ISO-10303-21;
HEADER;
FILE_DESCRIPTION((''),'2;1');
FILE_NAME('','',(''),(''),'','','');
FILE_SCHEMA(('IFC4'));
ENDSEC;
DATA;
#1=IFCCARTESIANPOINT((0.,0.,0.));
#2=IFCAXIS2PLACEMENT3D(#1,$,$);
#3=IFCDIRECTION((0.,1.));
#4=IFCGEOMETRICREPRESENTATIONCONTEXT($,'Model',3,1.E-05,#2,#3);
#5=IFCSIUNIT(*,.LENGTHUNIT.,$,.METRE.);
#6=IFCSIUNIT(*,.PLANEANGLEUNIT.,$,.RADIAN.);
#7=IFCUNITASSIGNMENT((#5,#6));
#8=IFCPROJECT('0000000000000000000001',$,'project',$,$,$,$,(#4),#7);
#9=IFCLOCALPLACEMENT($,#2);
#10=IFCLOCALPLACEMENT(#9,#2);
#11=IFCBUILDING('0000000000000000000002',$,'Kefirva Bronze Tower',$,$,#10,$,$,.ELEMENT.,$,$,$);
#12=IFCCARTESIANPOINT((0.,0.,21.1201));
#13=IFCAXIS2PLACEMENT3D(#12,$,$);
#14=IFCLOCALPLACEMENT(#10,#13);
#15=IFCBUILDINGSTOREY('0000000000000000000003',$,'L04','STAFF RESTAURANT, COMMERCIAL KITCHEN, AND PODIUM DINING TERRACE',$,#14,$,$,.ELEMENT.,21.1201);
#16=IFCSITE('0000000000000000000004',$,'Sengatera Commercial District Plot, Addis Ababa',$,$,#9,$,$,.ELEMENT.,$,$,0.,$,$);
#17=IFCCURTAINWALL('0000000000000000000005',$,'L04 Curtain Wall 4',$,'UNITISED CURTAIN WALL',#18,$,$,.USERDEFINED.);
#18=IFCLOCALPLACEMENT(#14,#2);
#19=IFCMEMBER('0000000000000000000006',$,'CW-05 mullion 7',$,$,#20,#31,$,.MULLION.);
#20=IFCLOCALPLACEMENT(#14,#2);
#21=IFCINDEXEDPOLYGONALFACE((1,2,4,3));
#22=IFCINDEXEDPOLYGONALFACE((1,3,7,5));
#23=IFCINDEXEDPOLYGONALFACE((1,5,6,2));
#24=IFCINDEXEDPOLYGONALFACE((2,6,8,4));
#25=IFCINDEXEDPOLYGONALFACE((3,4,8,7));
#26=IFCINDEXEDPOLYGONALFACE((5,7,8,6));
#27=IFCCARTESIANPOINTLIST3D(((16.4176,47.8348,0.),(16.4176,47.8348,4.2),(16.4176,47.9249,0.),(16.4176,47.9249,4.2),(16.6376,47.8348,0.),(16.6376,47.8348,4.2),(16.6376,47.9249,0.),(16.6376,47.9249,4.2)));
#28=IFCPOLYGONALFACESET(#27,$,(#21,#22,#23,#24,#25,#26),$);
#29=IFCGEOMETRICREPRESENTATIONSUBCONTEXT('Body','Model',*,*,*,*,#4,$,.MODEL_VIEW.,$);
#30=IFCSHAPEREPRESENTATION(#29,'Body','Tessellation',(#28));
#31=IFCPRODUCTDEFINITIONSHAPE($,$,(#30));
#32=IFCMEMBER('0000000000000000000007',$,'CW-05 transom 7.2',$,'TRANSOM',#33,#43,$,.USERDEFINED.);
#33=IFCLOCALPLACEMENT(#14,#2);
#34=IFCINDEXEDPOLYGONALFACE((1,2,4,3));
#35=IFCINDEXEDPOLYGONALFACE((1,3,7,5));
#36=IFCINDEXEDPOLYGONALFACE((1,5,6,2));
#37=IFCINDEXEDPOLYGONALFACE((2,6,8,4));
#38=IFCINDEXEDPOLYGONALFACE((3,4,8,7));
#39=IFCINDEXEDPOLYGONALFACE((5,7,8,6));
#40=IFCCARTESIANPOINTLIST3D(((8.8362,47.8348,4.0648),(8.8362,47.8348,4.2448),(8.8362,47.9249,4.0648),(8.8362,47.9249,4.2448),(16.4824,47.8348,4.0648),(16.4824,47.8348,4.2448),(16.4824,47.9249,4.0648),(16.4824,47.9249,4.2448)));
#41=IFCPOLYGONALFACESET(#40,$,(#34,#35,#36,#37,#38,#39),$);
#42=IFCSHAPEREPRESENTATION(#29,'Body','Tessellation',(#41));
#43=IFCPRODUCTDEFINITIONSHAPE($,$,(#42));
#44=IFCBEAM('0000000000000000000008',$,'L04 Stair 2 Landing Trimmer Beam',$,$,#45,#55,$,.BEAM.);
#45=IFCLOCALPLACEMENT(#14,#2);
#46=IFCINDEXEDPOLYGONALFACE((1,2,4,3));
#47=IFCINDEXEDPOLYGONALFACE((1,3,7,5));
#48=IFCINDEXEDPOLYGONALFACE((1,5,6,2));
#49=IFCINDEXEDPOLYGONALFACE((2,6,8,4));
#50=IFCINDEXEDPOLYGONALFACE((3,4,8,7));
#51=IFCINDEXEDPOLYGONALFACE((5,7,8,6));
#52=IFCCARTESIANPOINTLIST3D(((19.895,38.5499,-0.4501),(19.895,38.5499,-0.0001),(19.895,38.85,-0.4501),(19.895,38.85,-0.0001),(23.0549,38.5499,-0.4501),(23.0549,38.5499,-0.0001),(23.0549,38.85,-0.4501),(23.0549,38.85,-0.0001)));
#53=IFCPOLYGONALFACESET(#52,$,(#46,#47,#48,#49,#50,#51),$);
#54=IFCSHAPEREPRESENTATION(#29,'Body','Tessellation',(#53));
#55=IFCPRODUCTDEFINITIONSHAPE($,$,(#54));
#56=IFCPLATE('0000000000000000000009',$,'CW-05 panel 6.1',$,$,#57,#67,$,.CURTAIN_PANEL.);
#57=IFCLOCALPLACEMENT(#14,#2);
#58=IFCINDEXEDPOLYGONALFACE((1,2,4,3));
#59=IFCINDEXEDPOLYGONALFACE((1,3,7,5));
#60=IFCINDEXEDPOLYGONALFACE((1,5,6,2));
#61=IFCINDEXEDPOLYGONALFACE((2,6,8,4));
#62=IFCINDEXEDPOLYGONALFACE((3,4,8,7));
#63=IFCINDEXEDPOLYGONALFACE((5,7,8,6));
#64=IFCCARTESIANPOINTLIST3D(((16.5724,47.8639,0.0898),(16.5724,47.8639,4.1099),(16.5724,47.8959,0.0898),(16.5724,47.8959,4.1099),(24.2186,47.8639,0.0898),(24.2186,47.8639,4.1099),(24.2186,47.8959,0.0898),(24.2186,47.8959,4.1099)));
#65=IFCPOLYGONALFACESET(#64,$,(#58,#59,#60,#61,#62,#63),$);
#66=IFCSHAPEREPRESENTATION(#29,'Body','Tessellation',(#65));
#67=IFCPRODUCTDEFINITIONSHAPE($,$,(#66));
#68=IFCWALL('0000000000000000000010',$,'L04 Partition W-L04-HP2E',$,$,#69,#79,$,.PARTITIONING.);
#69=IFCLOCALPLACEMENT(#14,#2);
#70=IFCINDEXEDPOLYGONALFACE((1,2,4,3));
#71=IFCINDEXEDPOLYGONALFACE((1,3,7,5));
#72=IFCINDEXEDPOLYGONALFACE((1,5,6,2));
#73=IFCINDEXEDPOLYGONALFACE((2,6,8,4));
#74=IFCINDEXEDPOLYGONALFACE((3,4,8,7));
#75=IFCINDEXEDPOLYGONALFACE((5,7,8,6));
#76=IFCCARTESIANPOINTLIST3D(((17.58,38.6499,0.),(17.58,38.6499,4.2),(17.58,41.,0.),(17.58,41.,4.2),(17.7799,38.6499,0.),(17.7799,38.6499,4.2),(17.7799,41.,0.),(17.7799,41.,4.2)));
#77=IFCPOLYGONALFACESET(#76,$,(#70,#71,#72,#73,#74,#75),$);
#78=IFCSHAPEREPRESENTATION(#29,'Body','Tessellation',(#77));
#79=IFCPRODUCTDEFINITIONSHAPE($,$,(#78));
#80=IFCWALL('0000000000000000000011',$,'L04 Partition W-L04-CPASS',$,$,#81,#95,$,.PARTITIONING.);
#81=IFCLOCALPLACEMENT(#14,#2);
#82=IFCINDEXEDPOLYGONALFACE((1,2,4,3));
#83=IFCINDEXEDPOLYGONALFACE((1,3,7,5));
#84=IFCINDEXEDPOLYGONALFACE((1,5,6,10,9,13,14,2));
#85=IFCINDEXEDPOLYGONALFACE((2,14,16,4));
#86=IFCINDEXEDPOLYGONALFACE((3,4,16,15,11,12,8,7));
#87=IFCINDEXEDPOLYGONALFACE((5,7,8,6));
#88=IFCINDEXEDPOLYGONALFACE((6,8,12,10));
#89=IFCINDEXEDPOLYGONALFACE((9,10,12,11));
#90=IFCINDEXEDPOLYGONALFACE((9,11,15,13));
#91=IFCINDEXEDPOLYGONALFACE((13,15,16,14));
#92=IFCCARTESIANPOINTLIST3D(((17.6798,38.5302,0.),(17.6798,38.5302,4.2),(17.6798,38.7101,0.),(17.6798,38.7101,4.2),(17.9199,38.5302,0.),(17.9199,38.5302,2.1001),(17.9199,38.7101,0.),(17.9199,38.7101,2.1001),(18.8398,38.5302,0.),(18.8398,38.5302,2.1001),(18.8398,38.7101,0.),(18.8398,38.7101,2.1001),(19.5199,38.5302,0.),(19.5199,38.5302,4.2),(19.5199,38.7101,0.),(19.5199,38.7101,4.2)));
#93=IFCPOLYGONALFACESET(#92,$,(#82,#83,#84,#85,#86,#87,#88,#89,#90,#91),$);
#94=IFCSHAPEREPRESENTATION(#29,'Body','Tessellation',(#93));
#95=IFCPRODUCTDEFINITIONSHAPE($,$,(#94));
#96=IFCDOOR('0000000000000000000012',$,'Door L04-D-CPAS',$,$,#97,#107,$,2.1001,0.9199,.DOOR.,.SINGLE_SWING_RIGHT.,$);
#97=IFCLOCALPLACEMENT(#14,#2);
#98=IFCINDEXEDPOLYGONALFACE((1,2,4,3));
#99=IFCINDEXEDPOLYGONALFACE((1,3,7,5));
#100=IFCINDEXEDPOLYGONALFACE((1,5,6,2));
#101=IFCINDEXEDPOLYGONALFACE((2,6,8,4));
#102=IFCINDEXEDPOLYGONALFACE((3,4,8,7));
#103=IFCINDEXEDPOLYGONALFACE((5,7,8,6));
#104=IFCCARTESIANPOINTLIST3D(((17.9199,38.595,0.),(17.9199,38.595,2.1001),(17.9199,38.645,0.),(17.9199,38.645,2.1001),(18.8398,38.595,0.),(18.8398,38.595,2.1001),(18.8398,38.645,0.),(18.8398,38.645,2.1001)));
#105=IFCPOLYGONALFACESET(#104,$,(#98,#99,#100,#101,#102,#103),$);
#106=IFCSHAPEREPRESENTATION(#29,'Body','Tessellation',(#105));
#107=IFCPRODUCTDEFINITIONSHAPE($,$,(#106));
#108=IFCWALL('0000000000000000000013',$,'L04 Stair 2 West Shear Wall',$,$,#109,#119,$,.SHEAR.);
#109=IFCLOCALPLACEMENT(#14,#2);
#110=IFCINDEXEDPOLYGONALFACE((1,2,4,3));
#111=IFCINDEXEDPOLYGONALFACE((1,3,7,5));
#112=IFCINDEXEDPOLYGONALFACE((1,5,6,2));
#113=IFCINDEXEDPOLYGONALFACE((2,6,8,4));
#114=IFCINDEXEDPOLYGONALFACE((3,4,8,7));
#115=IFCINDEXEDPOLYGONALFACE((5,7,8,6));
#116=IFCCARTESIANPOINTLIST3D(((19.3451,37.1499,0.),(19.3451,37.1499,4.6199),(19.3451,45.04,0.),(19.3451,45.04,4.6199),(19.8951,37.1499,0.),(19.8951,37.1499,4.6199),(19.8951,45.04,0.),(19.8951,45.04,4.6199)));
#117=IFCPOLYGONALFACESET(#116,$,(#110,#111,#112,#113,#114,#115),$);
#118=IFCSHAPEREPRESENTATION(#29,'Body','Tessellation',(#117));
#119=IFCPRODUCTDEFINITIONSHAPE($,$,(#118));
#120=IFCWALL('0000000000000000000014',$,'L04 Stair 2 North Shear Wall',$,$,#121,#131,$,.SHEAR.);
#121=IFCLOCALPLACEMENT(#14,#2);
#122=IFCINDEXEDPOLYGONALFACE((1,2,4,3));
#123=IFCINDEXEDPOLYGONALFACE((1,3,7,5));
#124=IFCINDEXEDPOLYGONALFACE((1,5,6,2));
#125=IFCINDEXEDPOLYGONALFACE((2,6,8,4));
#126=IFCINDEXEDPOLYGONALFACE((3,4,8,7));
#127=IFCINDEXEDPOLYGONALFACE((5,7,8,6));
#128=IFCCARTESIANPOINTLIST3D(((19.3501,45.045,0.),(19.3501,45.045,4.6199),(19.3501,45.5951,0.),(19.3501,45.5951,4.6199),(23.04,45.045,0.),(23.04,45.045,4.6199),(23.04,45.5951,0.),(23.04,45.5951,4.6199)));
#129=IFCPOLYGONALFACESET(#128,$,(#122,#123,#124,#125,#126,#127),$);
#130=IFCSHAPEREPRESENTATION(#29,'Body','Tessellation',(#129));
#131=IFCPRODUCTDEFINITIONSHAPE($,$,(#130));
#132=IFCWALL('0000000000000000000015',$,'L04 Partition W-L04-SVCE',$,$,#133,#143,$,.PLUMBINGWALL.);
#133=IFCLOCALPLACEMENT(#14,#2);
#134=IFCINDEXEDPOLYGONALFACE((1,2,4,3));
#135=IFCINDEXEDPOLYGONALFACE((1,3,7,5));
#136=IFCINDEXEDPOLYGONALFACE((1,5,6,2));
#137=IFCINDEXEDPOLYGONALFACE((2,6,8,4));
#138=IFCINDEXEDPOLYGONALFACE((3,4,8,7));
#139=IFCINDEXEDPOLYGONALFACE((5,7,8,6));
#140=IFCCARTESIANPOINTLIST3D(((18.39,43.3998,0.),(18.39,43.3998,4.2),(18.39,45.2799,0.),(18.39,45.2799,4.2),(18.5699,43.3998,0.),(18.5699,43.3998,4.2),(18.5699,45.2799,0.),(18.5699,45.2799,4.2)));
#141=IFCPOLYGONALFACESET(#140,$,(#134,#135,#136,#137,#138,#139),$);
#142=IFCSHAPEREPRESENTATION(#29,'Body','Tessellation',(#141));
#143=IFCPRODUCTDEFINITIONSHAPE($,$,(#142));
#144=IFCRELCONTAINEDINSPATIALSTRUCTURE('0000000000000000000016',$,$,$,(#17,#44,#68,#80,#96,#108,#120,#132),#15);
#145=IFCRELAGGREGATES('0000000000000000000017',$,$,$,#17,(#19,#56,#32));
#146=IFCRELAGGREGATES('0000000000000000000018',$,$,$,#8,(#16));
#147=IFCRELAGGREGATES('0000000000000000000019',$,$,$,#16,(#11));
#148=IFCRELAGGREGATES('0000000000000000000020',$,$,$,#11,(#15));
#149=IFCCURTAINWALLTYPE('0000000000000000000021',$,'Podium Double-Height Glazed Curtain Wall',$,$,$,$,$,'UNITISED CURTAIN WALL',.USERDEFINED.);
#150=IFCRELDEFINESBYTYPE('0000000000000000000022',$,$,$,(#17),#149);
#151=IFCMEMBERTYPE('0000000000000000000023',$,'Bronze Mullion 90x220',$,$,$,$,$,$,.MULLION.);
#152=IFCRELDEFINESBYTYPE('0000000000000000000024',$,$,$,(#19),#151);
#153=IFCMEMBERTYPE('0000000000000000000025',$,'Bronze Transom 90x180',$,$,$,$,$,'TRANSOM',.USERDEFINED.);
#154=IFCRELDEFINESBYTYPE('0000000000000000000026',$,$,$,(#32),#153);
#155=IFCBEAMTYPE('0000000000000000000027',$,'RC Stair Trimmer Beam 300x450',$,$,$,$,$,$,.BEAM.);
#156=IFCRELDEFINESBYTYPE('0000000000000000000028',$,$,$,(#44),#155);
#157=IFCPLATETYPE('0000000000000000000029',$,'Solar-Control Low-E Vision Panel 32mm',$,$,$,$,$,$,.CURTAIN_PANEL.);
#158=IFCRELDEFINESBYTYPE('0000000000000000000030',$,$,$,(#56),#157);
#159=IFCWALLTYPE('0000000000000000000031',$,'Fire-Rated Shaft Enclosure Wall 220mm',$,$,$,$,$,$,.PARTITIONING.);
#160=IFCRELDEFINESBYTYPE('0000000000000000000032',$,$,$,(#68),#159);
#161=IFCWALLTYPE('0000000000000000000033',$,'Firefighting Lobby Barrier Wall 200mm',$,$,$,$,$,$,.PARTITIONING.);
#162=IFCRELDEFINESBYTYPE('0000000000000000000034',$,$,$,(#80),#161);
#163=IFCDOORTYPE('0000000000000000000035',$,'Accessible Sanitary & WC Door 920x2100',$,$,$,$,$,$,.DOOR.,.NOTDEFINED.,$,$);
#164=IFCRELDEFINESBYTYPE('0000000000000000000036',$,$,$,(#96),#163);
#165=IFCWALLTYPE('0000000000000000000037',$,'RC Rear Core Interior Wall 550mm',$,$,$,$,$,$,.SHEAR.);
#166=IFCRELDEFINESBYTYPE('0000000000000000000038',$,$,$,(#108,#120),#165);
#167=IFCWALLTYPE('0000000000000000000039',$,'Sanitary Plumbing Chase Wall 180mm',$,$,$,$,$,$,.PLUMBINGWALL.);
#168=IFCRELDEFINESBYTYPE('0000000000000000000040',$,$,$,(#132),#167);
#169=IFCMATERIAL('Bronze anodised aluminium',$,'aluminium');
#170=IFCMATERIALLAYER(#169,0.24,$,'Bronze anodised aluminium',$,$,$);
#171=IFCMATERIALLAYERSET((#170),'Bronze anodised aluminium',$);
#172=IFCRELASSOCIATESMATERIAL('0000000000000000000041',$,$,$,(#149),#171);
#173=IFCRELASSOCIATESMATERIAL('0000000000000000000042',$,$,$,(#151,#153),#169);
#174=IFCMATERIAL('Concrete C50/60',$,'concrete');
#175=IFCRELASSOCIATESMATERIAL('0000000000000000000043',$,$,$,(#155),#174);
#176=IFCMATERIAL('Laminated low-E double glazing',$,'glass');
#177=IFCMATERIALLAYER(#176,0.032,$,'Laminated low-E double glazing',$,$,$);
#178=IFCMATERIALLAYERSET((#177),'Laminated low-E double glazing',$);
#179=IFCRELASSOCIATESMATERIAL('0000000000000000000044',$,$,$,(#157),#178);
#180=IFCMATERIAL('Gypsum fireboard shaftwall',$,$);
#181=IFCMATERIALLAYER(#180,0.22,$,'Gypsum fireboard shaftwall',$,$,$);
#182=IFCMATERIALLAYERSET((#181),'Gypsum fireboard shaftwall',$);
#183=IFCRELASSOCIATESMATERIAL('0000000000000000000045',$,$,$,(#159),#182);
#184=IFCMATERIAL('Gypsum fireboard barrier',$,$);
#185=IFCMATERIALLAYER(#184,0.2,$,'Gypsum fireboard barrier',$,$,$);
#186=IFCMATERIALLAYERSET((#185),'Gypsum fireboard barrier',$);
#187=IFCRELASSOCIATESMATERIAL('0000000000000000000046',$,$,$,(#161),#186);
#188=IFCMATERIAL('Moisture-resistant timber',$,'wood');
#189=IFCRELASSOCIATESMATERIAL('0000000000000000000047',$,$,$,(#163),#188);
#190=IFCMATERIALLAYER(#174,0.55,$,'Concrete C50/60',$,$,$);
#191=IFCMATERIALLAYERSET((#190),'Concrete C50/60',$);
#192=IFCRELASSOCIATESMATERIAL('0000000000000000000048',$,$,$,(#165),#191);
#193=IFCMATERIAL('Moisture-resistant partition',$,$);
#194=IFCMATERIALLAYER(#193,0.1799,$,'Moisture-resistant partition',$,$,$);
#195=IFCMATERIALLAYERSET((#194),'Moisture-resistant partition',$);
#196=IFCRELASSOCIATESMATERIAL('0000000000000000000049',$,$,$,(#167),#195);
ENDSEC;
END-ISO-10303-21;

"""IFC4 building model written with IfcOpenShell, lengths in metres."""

from ifc_helpers import new_model, si_unit, direction, frame, frame_2d, origin, origin_2d, place, context, subcontext, project, spatial, rectangle, extrude, material, layer, layer_set, material_profile, profile_set, type_object, element, fill, aggregate, save


model = new_model("IFC4")

# Units and contexts
model_context = context("Model", 3, precision=1e-05, world=origin(), true_north=direction((0.0, 1.0)))
body_context = subcontext(model_context, "Body", "Model", "MODEL_VIEW")
ifc_project = project(units=[si_unit("LENGTHUNIT", "METRE"), si_unit("PLANEANGLEUNIT", "RADIAN")], contexts=[model_context])

# Site, building, storey
site_placement = place(None, origin())
site = spatial("IfcSite", under=ifc_project, at=site_placement, Name="Sengatera Commercial District Plot, Addis Ababa", CompositionType="ELEMENT", RefElevation=0.0)
building_placement = place(site_placement, origin())
building = spatial("IfcBuilding", under=site, at=building_placement, Name="Kefirva Bronze Tower", CompositionType="ELEMENT")
storey_placement = place(building_placement, frame((0.0, 0.0, 21.1201)))
storey = spatial("IfcBuildingStorey", under=building, at=storey_placement, Name="L04", Description="STAFF RESTAURANT, COMMERCIAL KITCHEN, AND PODIUM DINING TERRACE", CompositionType="ELEMENT", Elevation=21.1201)

# Curtain wall, members
ifc_material_1 = material(Name="Bronze anodised aluminium", Category="aluminium")
ifc_layer_1 = layer(ifc_material_1, 0.24, Name="Bronze anodised aluminium")
ifc_layer_set_1 = layer_set([ifc_layer_1], Name="Bronze anodised aluminium")
curtain_wall_type = type_object("IfcCurtainWallType", Name="Podium Double-Height Glazed Curtain Wall", ElementType="UNITISED CURTAIN WALL", PredefinedType="USERDEFINED", material=ifc_layer_set_1)
curtain_wall_placement = place(storey_placement, origin())
curtain_wall = element("IfcCurtainWall", 1, at=curtain_wall_placement, inside=storey, type_object=curtain_wall_type, Name="L04 Curtain Wall 4", ObjectType="UNITISED CURTAIN WALL", PredefinedType="USERDEFINED")
ifc_material_profile_1 = material_profile(ifc_material_1, rectangle(XDim=0.0901, YDim=0.22, at=origin_2d()), Name="ALU 90x220")
ifc_profile_set_1 = profile_set([ifc_material_profile_1], Name="Bronze anodised aluminium")
member_type_1 = type_object("IfcMemberType", Name="Bronze Mullion 90x220", PredefinedType="MULLION", material=ifc_profile_set_1)
member_1_placement = place(storey_placement, frame((16.5276, 47.8799, 0.0), z_axis=(0.0, 0.0, 1.0), x_axis=(0.0, -1.0, 0.0)))
member_1 = element("IfcMember", 2, at=member_1_placement, type_object=member_type_1, Name="CW-05 mullion 7", PredefinedType="MULLION", context=body_context, shape_type="SweptSolid", body=[
    extrude(rectangle(XDim=0.0901, YDim=0.22, at=origin_2d()), origin(), (0.0, 0.0, 1.0), 4.2),
])
ifc_material_profile_2 = material_profile(ifc_material_1, rectangle(XDim=0.0901, YDim=0.1799, at=origin_2d()), Name="ALU 90x180")
ifc_profile_set_2 = profile_set([ifc_material_profile_2], Name="Bronze anodised aluminium")
member_type_2 = type_object("IfcMemberType", Name="Bronze Transom 90x180", ElementType="TRANSOM", PredefinedType="USERDEFINED", material=ifc_profile_set_2)
member_2_placement = place(storey_placement, frame((16.4824, 47.8799, 4.1548), z_axis=(-1.0, 0.0, 0.0), x_axis=(0.0, -1.0, 0.0)))
member_2 = element("IfcMember", 3, at=member_2_placement, type_object=member_type_2, Name="CW-05 transom 7.2", ObjectType="TRANSOM", PredefinedType="USERDEFINED", context=body_context, shape_type="SweptSolid", body=[
    extrude(rectangle(XDim=0.0901, YDim=0.1799, at=origin_2d()), origin(), (0.0, 0.0, 1.0), 7.6462),
])

# Beam
ifc_material_2 = material(Name="Concrete C50/60", Category="concrete")
ifc_material_profile_3 = material_profile(ifc_material_2, rectangle(XDim=0.3, YDim=0.45, at=origin_2d()), Name="RC 300x450")
ifc_profile_set_3 = profile_set([ifc_material_profile_3], Name="Concrete C50/60")
beam_type = type_object("IfcBeamType", Name="RC Stair Trimmer Beam 300x450", PredefinedType="BEAM", material=ifc_profile_set_3)
beam_placement = place(storey_placement, frame((19.895, 38.7, -0.2251), z_axis=(1.0, 0.0, 0.0), x_axis=(0.0, 1.0, 0.0)))
element("IfcBeam", 4, at=beam_placement, inside=storey, type_object=beam_type, Name="L04 Stair 2 Landing Trimmer Beam", PredefinedType="BEAM", context=body_context, shape_type="SweptSolid", body=[
    extrude(rectangle(XDim=0.3, YDim=0.45, at=origin_2d()), origin(), (0.0, 0.0, 1.0), 3.1599),
])

# Plate
ifc_material_3 = material(Name="Laminated low-E double glazing", Category="glass")
ifc_layer_2 = layer(ifc_material_3, 0.032, Name="Laminated low-E double glazing")
ifc_layer_set_2 = layer_set([ifc_layer_2], Name="Laminated low-E double glazing")
plate_type = type_object("IfcPlateType", Name="Solar-Control Low-E Vision Panel 32mm", PredefinedType="CURTAIN_PANEL", material=ifc_layer_set_2)
plate_placement = place(storey_placement, frame((20.3955, 47.8799, 0.0898), z_axis=(0.0, 0.0, 1.0), x_axis=(-1.0, 0.0, 0.0)))
plate = element("IfcPlate", 5, at=plate_placement, type_object=plate_type, Name="CW-05 panel 6.1", PredefinedType="CURTAIN_PANEL", context=body_context, shape_type="SweptSolid", body=[
    extrude(rectangle(XDim=7.6462, YDim=0.032, at=origin_2d()), origin(), (0.0, 0.0, 1.0), 4.02),
])
aggregate(curtain_wall, [member_1, plate, member_2])

# Shared definitions
ifc_material_4 = material(Name="Gypsum fireboard shaftwall")
ifc_layer_3 = layer(ifc_material_4, 0.22, Name="Gypsum fireboard shaftwall")
ifc_layer_set_3 = layer_set([ifc_layer_3], Name="Gypsum fireboard shaftwall")
wall_type_1 = type_object("IfcWallType", Name="Fire-Rated Shaft Enclosure Wall 220mm", PredefinedType="PARTITIONING", material=ifc_layer_set_3)

# Wall
wall_1_placement = place(storey_placement, frame((17.6799, 38.6499, 0.0), z_axis=(0.0, 0.0, 1.0), x_axis=(0.0, 1.0, 0.0)))
element("IfcWall", 6, at=wall_1_placement, inside=storey, type_object=wall_type_1, Name="L04 Partition W-L04-HP2E", PredefinedType="PARTITIONING", context=body_context, shape_type="SweptSolid", body=[
    extrude(rectangle(XDim=2.3501, YDim=0.2, at=frame_2d((1.175, 0.0))), origin(), (0.0, 0.0, 1.0), 4.2),
])

# Wall, opening, door
ifc_material_5 = material(Name="Gypsum fireboard barrier")
ifc_layer_4 = layer(ifc_material_5, 0.2, Name="Gypsum fireboard barrier")
ifc_layer_set_4 = layer_set([ifc_layer_4], Name="Gypsum fireboard barrier")
wall_type_2 = type_object("IfcWallType", Name="Firefighting Lobby Barrier Wall 200mm", PredefinedType="PARTITIONING", material=ifc_layer_set_4)
wall_2_placement = place(storey_placement, frame((17.6799, 38.6201, 0.0), z_axis=(0.0, 0.0, 1.0), x_axis=(1.0, 0.0, 0.0)))
wall_2 = element("IfcWall", 7, at=wall_2_placement, inside=storey, type_object=wall_type_2, Name="L04 Partition W-L04-CPASS", PredefinedType="PARTITIONING", context=body_context, shape_type="SweptSolid", body=[
    extrude(rectangle(XDim=1.8401, YDim=0.1799, at=frame_2d((0.9199, 0.0))), origin(), (0.0, 0.0, 1.0), 4.2),
])
opening_1_placement = place(wall_2_placement, frame((0.24, 0.0, 0.0)))
opening_1 = element("IfcOpeningElement", 8, at=opening_1_placement, cuts=wall_2, PredefinedType="OPENING", context=body_context, shape_type="SweptSolid", body=[
    extrude(rectangle(XDim=0.9199, YDim=2.1001, at=frame_2d((0.46, 1.05))), frame((0.0, 0.1001, 0.0), z_axis=(0.0, -1.0, 0.0), x_axis=(1.0, 0.0, 0.0)), (0.0, 0.0, 1.0), 0.2),
])
ifc_material_6 = material(Name="Moisture-resistant timber", Category="wood")
door_type_1 = type_object("IfcDoorType", Name="Accessible Sanitary & WC Door 920x2100", OperationType="NOTDEFINED", PredefinedType="DOOR", material=ifc_material_6)
door_1_placement = place(opening_1_placement, origin())
door_1 = element("IfcDoor", 9, at=door_1_placement, inside=storey, type_object=door_type_1, Name="Door L04-D-CPAS", OperationType="SINGLE_SWING_RIGHT", OverallHeight=2.1001, OverallWidth=0.9199, PredefinedType="DOOR", context=body_context, shape_type="SweptSolid", body=[
    extrude(rectangle(XDim=0.9199, YDim=2.1001, at=frame_2d((0.46, 1.05))), frame((0.0, 0.0249, 0.0), z_axis=(0.0, -1.0, 0.0), x_axis=(1.0, 0.0, 0.0)), (0.0, 0.0, 1.0), 0.05),
])
fill(opening_1, door_1)

# Walls
ifc_layer_5 = layer(ifc_material_2, 0.55, Name="Concrete C50/60")
ifc_layer_set_5 = layer_set([ifc_layer_5], Name="Concrete C50/60")
wall_type_3 = type_object("IfcWallType", Name="RC Rear Core Interior Wall 550mm", PredefinedType="SHEAR", material=ifc_layer_set_5)
wall_3_placement = place(storey_placement, frame((19.6201, 37.1499, 0.0), z_axis=(0.0, 0.0, 1.0), x_axis=(0.0, 1.0, 0.0)))
element("IfcWall", 10, at=wall_3_placement, inside=storey, type_object=wall_type_3, Name="L04 Stair 2 West Shear Wall", PredefinedType="SHEAR", context=body_context, shape_type="SweptSolid", body=[
    extrude(rectangle(XDim=7.8901, YDim=0.55, at=frame_2d((3.9451, 0.0))), origin(), (0.0, 0.0, 1.0), 4.6199),
])
wall_4_placement = place(storey_placement, frame((19.3501, 45.3201, 0.0), z_axis=(0.0, 0.0, 1.0), x_axis=(1.0, 0.0, 0.0)))
element("IfcWall", 11, at=wall_4_placement, inside=storey, type_object=wall_type_3, Name="L04 Stair 2 North Shear Wall", PredefinedType="SHEAR", context=body_context, shape_type="SweptSolid", body=[
    extrude(rectangle(XDim=3.6899, YDim=0.55, at=frame_2d((1.845, 0.0))), origin(), (0.0, 0.0, 1.0), 4.6199),
])
ifc_material_7 = material(Name="Moisture-resistant partition")
ifc_layer_6 = layer(ifc_material_7, 0.1799, Name="Moisture-resistant partition")
ifc_layer_set_6 = layer_set([ifc_layer_6], Name="Moisture-resistant partition")
wall_type_4 = type_object("IfcWallType", Name="Sanitary Plumbing Chase Wall 180mm", PredefinedType="PLUMBINGWALL", material=ifc_layer_set_6)
wall_5_placement = place(storey_placement, frame((18.48, 43.3999, 0.0), z_axis=(0.0, 0.0, 1.0), x_axis=(0.0, 1.0, 0.0)))
element("IfcWall", 12, at=wall_5_placement, inside=storey, type_object=wall_type_4, Name="L04 Partition W-L04-SVCE", PredefinedType="PLUMBINGWALL", context=body_context, shape_type="SweptSolid", body=[
    extrude(rectangle(XDim=1.8801, YDim=0.1799, at=frame_2d((0.9399, 0.0))), origin(), (0.0, 0.0, 1.0), 4.2),
])

save(model, "model.ifc")
